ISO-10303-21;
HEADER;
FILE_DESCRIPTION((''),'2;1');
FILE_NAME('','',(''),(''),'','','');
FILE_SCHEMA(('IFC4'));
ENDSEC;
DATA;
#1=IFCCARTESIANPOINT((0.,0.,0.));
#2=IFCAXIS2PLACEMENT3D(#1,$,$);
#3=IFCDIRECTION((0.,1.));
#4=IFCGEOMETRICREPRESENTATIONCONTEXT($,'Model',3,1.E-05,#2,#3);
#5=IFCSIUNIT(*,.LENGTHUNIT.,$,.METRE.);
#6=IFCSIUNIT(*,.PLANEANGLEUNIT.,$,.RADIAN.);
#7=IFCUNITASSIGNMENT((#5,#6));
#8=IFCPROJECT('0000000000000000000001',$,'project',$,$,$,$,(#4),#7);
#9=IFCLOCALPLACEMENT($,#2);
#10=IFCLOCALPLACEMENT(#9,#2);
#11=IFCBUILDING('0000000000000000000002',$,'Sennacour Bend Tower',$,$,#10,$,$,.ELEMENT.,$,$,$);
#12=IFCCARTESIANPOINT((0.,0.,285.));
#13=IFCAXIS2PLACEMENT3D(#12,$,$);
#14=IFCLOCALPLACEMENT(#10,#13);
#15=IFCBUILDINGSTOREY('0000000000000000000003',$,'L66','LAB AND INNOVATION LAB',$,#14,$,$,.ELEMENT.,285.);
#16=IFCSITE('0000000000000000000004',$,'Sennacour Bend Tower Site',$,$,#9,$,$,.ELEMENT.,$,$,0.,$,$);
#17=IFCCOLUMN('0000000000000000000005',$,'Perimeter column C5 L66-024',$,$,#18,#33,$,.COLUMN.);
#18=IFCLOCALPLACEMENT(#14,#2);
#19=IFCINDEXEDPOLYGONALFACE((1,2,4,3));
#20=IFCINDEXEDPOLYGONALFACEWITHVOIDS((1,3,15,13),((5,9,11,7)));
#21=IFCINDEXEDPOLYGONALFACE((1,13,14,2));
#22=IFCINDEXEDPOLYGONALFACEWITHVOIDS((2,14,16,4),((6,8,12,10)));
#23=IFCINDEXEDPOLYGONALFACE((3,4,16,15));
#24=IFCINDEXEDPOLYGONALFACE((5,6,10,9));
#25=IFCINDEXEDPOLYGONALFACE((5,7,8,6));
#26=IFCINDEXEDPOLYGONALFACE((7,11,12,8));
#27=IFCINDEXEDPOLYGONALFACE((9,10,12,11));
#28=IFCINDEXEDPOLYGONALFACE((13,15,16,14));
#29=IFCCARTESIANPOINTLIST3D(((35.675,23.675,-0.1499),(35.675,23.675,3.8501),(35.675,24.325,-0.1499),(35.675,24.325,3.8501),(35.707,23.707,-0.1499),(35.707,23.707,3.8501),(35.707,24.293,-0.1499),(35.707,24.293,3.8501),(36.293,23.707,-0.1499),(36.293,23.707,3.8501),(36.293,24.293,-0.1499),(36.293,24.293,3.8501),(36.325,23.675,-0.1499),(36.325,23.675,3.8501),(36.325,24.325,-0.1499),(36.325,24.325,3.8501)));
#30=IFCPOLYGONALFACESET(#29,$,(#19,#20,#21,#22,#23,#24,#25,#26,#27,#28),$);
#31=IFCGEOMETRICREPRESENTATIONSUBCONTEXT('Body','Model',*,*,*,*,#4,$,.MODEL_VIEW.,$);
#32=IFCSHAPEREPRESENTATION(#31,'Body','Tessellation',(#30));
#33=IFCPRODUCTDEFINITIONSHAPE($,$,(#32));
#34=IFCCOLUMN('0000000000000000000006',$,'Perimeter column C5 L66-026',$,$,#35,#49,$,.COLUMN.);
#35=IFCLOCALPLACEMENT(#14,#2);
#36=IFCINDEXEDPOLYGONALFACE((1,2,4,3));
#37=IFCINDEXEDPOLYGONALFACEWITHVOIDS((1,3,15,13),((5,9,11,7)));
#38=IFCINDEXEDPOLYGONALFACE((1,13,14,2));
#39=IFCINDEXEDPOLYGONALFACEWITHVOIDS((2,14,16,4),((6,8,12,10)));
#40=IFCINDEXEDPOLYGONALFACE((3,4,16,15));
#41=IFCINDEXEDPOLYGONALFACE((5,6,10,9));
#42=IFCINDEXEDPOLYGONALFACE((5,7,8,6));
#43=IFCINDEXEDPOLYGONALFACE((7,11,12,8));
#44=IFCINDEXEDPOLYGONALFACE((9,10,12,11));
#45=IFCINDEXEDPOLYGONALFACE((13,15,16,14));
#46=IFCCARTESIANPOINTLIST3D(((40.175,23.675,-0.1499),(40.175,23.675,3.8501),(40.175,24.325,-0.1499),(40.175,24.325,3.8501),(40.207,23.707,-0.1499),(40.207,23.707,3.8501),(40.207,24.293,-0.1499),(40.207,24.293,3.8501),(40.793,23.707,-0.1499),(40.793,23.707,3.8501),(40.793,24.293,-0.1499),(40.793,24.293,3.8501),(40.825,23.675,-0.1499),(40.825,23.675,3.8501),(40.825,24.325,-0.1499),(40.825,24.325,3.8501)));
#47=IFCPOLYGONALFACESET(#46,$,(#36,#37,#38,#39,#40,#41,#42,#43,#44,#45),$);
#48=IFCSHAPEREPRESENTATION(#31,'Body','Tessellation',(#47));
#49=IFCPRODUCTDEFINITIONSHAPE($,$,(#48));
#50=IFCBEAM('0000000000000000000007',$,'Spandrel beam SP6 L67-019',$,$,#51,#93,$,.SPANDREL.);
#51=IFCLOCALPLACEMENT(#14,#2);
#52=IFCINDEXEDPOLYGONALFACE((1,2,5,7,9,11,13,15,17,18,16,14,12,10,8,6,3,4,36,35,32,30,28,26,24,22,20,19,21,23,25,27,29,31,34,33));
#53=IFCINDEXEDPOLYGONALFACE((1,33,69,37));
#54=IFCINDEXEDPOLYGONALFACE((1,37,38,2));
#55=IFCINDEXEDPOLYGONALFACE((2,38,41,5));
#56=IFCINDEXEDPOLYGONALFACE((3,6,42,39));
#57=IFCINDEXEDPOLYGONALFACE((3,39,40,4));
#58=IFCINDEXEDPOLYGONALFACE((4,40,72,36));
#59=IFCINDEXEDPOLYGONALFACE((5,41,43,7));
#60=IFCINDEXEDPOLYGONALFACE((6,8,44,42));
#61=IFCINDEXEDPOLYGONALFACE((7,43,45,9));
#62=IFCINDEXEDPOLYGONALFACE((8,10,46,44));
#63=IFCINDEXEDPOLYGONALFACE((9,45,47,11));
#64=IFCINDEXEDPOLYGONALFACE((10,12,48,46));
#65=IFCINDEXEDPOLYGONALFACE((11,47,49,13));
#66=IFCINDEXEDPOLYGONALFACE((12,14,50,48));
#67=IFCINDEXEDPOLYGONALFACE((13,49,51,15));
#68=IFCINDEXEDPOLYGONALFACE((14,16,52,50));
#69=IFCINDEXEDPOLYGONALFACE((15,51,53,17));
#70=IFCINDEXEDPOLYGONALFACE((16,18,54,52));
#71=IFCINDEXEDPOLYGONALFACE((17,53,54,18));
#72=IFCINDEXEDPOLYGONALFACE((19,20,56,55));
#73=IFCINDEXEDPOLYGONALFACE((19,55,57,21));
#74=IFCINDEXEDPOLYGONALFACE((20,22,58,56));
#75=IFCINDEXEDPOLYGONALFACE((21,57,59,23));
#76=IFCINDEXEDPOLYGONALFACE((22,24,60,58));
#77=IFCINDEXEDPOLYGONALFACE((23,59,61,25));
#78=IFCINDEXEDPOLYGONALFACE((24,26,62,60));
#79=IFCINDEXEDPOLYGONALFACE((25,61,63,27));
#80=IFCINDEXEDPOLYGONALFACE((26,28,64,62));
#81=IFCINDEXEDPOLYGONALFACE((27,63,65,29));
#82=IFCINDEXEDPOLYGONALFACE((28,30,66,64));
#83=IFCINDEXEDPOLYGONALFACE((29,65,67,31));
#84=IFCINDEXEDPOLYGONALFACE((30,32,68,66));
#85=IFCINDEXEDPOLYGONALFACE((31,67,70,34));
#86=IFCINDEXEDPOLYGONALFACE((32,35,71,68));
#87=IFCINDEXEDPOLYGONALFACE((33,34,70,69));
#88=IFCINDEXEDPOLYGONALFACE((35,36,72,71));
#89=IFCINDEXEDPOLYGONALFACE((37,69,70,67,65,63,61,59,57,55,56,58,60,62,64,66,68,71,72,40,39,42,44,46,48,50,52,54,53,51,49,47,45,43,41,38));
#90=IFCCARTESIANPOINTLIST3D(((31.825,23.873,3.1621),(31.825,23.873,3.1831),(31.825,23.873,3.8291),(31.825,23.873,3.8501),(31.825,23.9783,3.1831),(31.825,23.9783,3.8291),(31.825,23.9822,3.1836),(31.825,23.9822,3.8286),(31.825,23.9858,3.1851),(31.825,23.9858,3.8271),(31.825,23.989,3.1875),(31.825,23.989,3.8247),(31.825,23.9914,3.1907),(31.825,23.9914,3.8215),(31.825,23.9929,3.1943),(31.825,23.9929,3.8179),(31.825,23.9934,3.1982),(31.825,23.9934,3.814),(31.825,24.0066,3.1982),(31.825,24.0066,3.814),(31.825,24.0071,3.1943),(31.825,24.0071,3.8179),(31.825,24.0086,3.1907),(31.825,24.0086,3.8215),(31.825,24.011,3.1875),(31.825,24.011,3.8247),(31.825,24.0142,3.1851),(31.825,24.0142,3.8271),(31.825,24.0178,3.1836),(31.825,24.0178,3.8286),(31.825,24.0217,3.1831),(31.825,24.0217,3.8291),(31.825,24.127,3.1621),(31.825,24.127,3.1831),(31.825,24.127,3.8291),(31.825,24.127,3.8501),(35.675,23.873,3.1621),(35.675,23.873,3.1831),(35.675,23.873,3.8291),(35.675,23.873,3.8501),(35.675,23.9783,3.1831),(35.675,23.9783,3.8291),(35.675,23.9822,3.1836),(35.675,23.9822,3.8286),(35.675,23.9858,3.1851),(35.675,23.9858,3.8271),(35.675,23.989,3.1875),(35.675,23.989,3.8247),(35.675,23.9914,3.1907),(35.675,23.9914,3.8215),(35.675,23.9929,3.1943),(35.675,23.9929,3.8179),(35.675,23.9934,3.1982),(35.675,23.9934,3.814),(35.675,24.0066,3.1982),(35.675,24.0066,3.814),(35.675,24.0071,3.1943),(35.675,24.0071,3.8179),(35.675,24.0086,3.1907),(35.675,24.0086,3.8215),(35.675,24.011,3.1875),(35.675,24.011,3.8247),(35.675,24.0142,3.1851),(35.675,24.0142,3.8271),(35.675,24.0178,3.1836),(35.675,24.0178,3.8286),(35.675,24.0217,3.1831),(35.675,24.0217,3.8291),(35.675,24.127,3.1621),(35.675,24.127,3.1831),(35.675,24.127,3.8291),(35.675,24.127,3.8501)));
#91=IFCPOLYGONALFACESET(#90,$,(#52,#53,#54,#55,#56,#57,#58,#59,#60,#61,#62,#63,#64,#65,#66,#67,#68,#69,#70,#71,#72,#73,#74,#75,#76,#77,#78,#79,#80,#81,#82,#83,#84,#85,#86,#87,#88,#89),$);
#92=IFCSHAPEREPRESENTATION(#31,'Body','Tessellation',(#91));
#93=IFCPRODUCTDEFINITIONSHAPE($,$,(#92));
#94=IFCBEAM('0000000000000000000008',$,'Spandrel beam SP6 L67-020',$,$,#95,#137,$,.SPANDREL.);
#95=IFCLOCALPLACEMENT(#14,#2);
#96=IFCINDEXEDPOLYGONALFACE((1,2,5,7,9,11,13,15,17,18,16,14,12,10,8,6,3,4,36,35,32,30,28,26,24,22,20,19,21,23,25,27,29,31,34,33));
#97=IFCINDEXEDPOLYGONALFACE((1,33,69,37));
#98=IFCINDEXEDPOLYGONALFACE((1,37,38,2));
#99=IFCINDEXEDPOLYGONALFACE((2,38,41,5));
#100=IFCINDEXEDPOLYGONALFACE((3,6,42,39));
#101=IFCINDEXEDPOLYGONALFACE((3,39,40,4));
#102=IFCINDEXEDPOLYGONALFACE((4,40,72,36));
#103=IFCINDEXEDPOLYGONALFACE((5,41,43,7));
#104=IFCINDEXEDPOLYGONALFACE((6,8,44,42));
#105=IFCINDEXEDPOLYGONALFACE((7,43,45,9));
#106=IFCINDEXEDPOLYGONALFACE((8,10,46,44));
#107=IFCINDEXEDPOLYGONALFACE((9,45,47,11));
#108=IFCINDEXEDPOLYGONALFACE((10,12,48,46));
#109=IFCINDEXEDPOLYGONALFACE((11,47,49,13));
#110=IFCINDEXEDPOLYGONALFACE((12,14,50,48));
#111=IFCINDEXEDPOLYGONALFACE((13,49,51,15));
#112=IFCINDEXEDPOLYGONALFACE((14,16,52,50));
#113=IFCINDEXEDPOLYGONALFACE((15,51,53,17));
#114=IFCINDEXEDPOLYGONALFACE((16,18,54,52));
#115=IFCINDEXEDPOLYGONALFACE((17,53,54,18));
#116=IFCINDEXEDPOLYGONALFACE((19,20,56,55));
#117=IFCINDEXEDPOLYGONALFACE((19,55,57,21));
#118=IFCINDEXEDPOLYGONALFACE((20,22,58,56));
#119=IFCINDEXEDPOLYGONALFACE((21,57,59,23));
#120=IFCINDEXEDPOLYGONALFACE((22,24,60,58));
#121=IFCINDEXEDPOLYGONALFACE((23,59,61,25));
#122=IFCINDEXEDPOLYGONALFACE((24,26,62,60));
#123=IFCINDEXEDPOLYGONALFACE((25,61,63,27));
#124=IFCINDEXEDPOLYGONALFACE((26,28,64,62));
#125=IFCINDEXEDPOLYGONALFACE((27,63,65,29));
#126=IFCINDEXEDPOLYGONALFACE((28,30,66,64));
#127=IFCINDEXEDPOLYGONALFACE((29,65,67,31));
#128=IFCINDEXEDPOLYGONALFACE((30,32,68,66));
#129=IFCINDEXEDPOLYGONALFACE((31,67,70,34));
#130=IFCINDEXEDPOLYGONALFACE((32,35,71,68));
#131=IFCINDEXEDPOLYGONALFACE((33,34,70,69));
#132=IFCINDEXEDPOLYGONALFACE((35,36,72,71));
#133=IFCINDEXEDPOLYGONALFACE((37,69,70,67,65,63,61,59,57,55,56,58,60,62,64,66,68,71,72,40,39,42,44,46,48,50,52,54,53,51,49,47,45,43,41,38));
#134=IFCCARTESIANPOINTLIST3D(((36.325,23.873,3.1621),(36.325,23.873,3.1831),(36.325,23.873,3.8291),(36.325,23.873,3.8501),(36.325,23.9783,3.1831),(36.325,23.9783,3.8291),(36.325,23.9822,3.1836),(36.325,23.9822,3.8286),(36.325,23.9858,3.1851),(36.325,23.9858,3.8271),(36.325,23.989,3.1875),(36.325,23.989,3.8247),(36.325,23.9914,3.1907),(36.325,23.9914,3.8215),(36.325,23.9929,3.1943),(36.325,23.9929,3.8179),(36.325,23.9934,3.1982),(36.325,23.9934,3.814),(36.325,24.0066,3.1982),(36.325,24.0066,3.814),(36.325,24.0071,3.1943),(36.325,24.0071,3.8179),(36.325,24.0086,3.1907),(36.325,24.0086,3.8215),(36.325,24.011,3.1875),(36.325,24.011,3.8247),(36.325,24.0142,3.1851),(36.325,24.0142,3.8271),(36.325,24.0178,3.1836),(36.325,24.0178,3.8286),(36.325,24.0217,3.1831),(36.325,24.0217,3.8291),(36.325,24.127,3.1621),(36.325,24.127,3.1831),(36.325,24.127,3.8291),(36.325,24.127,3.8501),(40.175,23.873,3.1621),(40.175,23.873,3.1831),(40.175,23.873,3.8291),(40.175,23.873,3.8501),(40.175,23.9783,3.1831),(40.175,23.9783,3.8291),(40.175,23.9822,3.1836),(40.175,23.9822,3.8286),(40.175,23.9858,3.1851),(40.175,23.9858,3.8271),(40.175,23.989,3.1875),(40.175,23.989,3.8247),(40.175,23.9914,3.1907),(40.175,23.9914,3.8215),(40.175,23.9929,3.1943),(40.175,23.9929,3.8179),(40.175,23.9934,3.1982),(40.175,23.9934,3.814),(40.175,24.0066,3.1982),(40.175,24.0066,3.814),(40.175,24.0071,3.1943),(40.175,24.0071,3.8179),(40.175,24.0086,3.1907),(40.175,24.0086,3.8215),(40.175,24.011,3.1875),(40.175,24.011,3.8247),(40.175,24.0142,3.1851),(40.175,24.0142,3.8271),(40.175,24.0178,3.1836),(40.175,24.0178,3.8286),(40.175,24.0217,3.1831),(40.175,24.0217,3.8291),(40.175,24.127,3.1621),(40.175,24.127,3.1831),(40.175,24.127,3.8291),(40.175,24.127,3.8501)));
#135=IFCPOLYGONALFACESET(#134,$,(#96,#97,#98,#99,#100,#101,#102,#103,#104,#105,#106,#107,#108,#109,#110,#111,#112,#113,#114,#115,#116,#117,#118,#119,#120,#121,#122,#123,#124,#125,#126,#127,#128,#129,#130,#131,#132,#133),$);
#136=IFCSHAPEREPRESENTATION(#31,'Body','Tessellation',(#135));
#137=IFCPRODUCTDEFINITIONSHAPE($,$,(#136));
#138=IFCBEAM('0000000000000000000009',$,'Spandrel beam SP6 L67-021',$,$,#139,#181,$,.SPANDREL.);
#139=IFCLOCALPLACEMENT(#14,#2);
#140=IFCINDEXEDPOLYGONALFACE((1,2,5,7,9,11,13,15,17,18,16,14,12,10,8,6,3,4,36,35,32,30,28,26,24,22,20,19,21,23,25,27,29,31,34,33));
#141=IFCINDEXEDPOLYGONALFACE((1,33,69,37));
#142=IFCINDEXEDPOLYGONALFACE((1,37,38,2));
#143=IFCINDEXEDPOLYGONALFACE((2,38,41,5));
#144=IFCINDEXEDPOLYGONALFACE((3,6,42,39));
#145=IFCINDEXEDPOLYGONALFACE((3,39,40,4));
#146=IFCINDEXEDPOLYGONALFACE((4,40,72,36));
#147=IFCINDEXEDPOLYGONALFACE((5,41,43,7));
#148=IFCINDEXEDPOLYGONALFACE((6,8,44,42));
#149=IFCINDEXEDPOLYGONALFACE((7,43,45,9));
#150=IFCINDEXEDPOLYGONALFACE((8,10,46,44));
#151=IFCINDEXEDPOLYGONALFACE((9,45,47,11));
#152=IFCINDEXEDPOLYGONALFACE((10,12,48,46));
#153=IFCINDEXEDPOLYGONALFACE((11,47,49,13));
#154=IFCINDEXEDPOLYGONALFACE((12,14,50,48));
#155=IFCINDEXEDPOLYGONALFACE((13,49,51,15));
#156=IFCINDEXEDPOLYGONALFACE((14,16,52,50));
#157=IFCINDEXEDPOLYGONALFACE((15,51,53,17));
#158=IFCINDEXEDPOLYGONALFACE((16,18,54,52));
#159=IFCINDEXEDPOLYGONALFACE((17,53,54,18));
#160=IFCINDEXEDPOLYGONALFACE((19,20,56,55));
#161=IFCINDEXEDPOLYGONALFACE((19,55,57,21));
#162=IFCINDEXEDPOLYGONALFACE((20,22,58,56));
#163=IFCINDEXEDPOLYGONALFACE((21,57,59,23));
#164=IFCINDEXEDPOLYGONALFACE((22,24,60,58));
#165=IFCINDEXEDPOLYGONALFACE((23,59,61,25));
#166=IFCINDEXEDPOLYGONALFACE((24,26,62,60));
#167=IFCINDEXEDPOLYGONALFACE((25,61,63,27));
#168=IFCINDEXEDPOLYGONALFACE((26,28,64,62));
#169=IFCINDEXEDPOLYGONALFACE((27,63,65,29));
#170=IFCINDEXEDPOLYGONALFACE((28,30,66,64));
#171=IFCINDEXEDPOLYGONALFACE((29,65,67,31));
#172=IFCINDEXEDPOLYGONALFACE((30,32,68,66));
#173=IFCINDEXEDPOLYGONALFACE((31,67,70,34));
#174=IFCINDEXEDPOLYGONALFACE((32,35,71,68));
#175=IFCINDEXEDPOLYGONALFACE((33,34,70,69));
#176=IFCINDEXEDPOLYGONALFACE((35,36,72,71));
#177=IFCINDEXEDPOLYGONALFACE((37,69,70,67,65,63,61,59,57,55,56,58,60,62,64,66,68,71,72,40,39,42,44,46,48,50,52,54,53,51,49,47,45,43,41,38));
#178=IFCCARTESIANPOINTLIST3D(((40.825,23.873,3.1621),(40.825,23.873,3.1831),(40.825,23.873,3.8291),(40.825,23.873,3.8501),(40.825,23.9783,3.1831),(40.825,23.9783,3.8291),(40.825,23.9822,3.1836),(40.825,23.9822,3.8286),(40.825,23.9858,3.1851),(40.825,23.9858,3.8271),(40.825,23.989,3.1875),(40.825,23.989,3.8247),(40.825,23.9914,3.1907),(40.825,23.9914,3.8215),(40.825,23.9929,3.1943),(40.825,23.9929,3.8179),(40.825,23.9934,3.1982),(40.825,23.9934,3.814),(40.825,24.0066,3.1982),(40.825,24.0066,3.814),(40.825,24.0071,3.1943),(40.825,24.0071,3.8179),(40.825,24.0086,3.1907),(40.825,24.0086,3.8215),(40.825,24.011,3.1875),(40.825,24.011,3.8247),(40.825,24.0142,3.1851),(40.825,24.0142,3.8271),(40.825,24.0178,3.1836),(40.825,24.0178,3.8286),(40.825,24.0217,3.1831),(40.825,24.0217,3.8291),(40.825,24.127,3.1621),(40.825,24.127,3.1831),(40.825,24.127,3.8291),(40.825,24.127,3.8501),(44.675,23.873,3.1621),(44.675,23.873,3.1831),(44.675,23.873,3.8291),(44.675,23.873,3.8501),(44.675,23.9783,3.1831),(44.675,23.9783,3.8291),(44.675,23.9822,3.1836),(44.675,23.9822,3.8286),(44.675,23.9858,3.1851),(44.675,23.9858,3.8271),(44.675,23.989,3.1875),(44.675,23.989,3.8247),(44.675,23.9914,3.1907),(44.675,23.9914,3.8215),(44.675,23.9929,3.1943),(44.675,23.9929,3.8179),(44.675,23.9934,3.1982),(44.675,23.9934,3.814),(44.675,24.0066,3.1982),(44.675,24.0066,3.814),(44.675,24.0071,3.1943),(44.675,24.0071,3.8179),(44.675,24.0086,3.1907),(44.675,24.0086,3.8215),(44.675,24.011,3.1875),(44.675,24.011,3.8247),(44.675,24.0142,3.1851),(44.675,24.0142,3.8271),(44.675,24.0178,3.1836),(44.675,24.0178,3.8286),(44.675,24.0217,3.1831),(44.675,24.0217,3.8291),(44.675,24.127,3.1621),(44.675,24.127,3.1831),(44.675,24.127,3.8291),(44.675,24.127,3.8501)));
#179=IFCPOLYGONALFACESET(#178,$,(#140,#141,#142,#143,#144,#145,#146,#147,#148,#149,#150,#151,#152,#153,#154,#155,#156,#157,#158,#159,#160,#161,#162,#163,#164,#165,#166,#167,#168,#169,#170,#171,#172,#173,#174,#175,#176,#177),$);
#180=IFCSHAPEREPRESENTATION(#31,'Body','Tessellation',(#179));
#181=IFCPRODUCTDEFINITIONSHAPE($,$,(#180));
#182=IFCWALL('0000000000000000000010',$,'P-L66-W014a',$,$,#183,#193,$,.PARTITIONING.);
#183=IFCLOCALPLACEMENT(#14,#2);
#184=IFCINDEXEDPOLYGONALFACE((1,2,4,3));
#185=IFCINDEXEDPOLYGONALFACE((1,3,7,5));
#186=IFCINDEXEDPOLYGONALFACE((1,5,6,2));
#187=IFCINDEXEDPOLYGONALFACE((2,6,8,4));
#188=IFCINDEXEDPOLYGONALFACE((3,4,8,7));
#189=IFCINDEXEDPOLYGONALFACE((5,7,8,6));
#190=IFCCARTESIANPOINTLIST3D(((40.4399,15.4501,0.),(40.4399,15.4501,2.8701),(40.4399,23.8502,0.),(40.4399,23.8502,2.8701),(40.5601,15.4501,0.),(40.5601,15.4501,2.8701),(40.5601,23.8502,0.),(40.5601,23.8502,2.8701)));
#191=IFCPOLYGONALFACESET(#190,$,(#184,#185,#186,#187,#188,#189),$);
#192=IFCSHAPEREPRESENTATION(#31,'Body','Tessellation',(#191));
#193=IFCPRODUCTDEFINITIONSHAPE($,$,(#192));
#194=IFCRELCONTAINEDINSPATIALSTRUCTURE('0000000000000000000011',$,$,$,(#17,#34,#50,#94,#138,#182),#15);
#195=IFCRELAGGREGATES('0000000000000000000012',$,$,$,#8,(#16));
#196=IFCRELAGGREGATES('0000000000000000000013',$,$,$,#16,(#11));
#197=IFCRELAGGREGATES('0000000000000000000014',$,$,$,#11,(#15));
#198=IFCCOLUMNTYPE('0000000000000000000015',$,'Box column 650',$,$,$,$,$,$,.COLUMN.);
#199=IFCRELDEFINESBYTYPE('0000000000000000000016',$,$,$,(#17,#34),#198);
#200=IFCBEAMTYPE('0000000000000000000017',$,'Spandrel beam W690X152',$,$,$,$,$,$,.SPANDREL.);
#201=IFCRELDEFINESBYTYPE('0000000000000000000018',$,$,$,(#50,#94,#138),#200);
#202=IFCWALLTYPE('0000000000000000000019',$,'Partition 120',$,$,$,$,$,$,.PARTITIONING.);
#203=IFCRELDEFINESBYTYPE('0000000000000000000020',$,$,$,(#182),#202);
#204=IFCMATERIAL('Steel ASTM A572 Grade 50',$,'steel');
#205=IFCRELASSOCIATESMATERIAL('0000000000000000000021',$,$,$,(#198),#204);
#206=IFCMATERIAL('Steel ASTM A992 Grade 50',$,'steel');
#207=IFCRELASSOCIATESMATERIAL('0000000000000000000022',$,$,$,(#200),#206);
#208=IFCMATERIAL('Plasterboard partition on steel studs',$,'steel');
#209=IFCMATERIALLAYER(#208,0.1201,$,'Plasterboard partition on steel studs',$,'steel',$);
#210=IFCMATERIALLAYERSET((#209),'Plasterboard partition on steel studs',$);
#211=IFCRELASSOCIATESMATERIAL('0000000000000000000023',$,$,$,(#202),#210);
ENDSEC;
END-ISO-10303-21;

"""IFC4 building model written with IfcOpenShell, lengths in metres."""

from ifc_helpers import new_model, si_unit, direction, frame, frame_2d, origin, origin_2d, place, context, subcontext, project, spatial, rectangle, hollow_rectangle, i_section, extrude, material, layer, layer_set, material_profile, profile_set, type_object, element, save


model = new_model("IFC4")

# Units and contexts
model_context = context("Model", 3, precision=1e-05, world=origin(), true_north=direction((0.0, 1.0)))
body_context = subcontext(model_context, "Body", "Model", "MODEL_VIEW")
ifc_project = project(units=[si_unit("LENGTHUNIT", "METRE"), si_unit("PLANEANGLEUNIT", "RADIAN")], contexts=[model_context])

# Site, building, storey
site_placement = place(None, origin())
site = spatial("IfcSite", under=ifc_project, at=site_placement, Name="Sennacour Bend Tower Site", CompositionType="ELEMENT", RefElevation=0.0)
building_placement = place(site_placement, origin())
building = spatial("IfcBuilding", under=site, at=building_placement, Name="Sennacour Bend Tower", CompositionType="ELEMENT")
storey_placement = place(building_placement, frame((0.0, 0.0, 285.0)))
storey = spatial("IfcBuildingStorey", under=building, at=storey_placement, Name="L66", Description="LAB AND INNOVATION LAB", CompositionType="ELEMENT", Elevation=285.0)

# Columns
ifc_material_1 = material(Name="Steel ASTM A572 Grade 50", Category="steel")
ifc_material_profile_1 = material_profile(ifc_material_1, hollow_rectangle(XDim=0.6499, YDim=0.6499, WallThickness=0.032, at=origin_2d()), Name="Steel ASTM A572 Grade 50", Category="steel")
ifc_profile_set_1 = profile_set([ifc_material_profile_1], Name="Steel ASTM A572 Grade 50")
column_type = type_object("IfcColumnType", Name="Box column 650", PredefinedType="COLUMN", material=ifc_profile_set_1)
for number, where, z_axis, x_axis, name in (
    (1, (36.0, 24.0, -0.1499), (0.0, 0.0, 1.0), (1.0, 0.0, 0.0), "Perimeter column C5 L66-024"),
    (2, (40.5, 24.0, -0.1499), (0.0, 0.0, 1.0), (1.0, 0.0, 0.0), "Perimeter column C5 L66-026"),
):
    element("IfcColumn", number, at=place(storey_placement, frame(where, z_axis=z_axis, x_axis=x_axis)), inside=storey, type_object=column_type, Name=name, PredefinedType="COLUMN", context=body_context, shape_type="SweptSolid", body=[
        extrude(hollow_rectangle(XDim=0.6499, YDim=0.6499, WallThickness=0.032, at=origin_2d()), origin(), (0.0, 0.0, 1.0), 4.0),
    ])

# Beams
ifc_material_2 = material(Name="Steel ASTM A992 Grade 50", Category="steel")
ifc_material_profile_2 = material_profile(ifc_material_2, i_section(OverallWidth=0.2539, OverallDepth=0.688, WebThickness=0.0132, FlangeThickness=0.021, FilletRadius=0.0151, at=origin_2d()), Name="Steel ASTM A992 Grade 50", Category="steel")
ifc_profile_set_2 = profile_set([ifc_material_profile_2], Name="Steel ASTM A992 Grade 50")
beam_type = type_object("IfcBeamType", Name="Spandrel beam W690X152", PredefinedType="SPANDREL", material=ifc_profile_set_2)
for number, where, z_axis, x_axis, name in (
    (3, (31.825, 24.0, 3.5061), (1.0, 0.0, 0.0), (0.0, 1.0, 0.0), "Spandrel beam SP6 L67-019"),
    (4, (36.325, 24.0, 3.5061), (1.0, 0.0, 0.0), (0.0, 1.0, 0.0), "Spandrel beam SP6 L67-020"),
    (5, (40.825, 24.0, 3.5061), (1.0, 0.0, 0.0), (0.0, 1.0, 0.0), "Spandrel beam SP6 L67-021"),
):
    element("IfcBeam", number, at=place(storey_placement, frame(where, z_axis=z_axis, x_axis=x_axis)), inside=storey, type_object=beam_type, Name=name, PredefinedType="SPANDREL", context=body_context, shape_type="SweptSolid", body=[
        extrude(i_section(OverallWidth=0.2539, OverallDepth=0.688, WebThickness=0.0132, FlangeThickness=0.021, FilletRadius=0.0151, at=origin_2d()), origin(), (0.0, 0.0, 1.0), 3.8501),
    ])

# Wall
ifc_material_3 = material(Name="Plasterboard partition on steel studs", Category="steel")
ifc_layer_1 = layer(ifc_material_3, 0.1201, Name="Plasterboard partition on steel studs", Category="steel")
ifc_layer_set_1 = layer_set([ifc_layer_1], Name="Plasterboard partition on steel studs")
wall_type_1 = type_object("IfcWallType", Name="Partition 120", PredefinedType="PARTITIONING", material=ifc_layer_set_1)
wall_1_placement = place(storey_placement, frame((40.5, 15.45, 0.0), z_axis=(0.0, 0.0, 1.0), x_axis=(0.0, 1.0, 0.0)))
element("IfcWall", 6, at=wall_1_placement, inside=storey, type_object=wall_type_1, Name="P-L66-W014a", PredefinedType="PARTITIONING", context=body_context, shape_type="SweptSolid", body=[
    extrude(rectangle(XDim=8.4001, YDim=0.1201, at=frame_2d((4.2002, 0.0))), origin(), (0.0, 0.0, 1.0), 2.8701),
])

save(model, "model.ifc")
